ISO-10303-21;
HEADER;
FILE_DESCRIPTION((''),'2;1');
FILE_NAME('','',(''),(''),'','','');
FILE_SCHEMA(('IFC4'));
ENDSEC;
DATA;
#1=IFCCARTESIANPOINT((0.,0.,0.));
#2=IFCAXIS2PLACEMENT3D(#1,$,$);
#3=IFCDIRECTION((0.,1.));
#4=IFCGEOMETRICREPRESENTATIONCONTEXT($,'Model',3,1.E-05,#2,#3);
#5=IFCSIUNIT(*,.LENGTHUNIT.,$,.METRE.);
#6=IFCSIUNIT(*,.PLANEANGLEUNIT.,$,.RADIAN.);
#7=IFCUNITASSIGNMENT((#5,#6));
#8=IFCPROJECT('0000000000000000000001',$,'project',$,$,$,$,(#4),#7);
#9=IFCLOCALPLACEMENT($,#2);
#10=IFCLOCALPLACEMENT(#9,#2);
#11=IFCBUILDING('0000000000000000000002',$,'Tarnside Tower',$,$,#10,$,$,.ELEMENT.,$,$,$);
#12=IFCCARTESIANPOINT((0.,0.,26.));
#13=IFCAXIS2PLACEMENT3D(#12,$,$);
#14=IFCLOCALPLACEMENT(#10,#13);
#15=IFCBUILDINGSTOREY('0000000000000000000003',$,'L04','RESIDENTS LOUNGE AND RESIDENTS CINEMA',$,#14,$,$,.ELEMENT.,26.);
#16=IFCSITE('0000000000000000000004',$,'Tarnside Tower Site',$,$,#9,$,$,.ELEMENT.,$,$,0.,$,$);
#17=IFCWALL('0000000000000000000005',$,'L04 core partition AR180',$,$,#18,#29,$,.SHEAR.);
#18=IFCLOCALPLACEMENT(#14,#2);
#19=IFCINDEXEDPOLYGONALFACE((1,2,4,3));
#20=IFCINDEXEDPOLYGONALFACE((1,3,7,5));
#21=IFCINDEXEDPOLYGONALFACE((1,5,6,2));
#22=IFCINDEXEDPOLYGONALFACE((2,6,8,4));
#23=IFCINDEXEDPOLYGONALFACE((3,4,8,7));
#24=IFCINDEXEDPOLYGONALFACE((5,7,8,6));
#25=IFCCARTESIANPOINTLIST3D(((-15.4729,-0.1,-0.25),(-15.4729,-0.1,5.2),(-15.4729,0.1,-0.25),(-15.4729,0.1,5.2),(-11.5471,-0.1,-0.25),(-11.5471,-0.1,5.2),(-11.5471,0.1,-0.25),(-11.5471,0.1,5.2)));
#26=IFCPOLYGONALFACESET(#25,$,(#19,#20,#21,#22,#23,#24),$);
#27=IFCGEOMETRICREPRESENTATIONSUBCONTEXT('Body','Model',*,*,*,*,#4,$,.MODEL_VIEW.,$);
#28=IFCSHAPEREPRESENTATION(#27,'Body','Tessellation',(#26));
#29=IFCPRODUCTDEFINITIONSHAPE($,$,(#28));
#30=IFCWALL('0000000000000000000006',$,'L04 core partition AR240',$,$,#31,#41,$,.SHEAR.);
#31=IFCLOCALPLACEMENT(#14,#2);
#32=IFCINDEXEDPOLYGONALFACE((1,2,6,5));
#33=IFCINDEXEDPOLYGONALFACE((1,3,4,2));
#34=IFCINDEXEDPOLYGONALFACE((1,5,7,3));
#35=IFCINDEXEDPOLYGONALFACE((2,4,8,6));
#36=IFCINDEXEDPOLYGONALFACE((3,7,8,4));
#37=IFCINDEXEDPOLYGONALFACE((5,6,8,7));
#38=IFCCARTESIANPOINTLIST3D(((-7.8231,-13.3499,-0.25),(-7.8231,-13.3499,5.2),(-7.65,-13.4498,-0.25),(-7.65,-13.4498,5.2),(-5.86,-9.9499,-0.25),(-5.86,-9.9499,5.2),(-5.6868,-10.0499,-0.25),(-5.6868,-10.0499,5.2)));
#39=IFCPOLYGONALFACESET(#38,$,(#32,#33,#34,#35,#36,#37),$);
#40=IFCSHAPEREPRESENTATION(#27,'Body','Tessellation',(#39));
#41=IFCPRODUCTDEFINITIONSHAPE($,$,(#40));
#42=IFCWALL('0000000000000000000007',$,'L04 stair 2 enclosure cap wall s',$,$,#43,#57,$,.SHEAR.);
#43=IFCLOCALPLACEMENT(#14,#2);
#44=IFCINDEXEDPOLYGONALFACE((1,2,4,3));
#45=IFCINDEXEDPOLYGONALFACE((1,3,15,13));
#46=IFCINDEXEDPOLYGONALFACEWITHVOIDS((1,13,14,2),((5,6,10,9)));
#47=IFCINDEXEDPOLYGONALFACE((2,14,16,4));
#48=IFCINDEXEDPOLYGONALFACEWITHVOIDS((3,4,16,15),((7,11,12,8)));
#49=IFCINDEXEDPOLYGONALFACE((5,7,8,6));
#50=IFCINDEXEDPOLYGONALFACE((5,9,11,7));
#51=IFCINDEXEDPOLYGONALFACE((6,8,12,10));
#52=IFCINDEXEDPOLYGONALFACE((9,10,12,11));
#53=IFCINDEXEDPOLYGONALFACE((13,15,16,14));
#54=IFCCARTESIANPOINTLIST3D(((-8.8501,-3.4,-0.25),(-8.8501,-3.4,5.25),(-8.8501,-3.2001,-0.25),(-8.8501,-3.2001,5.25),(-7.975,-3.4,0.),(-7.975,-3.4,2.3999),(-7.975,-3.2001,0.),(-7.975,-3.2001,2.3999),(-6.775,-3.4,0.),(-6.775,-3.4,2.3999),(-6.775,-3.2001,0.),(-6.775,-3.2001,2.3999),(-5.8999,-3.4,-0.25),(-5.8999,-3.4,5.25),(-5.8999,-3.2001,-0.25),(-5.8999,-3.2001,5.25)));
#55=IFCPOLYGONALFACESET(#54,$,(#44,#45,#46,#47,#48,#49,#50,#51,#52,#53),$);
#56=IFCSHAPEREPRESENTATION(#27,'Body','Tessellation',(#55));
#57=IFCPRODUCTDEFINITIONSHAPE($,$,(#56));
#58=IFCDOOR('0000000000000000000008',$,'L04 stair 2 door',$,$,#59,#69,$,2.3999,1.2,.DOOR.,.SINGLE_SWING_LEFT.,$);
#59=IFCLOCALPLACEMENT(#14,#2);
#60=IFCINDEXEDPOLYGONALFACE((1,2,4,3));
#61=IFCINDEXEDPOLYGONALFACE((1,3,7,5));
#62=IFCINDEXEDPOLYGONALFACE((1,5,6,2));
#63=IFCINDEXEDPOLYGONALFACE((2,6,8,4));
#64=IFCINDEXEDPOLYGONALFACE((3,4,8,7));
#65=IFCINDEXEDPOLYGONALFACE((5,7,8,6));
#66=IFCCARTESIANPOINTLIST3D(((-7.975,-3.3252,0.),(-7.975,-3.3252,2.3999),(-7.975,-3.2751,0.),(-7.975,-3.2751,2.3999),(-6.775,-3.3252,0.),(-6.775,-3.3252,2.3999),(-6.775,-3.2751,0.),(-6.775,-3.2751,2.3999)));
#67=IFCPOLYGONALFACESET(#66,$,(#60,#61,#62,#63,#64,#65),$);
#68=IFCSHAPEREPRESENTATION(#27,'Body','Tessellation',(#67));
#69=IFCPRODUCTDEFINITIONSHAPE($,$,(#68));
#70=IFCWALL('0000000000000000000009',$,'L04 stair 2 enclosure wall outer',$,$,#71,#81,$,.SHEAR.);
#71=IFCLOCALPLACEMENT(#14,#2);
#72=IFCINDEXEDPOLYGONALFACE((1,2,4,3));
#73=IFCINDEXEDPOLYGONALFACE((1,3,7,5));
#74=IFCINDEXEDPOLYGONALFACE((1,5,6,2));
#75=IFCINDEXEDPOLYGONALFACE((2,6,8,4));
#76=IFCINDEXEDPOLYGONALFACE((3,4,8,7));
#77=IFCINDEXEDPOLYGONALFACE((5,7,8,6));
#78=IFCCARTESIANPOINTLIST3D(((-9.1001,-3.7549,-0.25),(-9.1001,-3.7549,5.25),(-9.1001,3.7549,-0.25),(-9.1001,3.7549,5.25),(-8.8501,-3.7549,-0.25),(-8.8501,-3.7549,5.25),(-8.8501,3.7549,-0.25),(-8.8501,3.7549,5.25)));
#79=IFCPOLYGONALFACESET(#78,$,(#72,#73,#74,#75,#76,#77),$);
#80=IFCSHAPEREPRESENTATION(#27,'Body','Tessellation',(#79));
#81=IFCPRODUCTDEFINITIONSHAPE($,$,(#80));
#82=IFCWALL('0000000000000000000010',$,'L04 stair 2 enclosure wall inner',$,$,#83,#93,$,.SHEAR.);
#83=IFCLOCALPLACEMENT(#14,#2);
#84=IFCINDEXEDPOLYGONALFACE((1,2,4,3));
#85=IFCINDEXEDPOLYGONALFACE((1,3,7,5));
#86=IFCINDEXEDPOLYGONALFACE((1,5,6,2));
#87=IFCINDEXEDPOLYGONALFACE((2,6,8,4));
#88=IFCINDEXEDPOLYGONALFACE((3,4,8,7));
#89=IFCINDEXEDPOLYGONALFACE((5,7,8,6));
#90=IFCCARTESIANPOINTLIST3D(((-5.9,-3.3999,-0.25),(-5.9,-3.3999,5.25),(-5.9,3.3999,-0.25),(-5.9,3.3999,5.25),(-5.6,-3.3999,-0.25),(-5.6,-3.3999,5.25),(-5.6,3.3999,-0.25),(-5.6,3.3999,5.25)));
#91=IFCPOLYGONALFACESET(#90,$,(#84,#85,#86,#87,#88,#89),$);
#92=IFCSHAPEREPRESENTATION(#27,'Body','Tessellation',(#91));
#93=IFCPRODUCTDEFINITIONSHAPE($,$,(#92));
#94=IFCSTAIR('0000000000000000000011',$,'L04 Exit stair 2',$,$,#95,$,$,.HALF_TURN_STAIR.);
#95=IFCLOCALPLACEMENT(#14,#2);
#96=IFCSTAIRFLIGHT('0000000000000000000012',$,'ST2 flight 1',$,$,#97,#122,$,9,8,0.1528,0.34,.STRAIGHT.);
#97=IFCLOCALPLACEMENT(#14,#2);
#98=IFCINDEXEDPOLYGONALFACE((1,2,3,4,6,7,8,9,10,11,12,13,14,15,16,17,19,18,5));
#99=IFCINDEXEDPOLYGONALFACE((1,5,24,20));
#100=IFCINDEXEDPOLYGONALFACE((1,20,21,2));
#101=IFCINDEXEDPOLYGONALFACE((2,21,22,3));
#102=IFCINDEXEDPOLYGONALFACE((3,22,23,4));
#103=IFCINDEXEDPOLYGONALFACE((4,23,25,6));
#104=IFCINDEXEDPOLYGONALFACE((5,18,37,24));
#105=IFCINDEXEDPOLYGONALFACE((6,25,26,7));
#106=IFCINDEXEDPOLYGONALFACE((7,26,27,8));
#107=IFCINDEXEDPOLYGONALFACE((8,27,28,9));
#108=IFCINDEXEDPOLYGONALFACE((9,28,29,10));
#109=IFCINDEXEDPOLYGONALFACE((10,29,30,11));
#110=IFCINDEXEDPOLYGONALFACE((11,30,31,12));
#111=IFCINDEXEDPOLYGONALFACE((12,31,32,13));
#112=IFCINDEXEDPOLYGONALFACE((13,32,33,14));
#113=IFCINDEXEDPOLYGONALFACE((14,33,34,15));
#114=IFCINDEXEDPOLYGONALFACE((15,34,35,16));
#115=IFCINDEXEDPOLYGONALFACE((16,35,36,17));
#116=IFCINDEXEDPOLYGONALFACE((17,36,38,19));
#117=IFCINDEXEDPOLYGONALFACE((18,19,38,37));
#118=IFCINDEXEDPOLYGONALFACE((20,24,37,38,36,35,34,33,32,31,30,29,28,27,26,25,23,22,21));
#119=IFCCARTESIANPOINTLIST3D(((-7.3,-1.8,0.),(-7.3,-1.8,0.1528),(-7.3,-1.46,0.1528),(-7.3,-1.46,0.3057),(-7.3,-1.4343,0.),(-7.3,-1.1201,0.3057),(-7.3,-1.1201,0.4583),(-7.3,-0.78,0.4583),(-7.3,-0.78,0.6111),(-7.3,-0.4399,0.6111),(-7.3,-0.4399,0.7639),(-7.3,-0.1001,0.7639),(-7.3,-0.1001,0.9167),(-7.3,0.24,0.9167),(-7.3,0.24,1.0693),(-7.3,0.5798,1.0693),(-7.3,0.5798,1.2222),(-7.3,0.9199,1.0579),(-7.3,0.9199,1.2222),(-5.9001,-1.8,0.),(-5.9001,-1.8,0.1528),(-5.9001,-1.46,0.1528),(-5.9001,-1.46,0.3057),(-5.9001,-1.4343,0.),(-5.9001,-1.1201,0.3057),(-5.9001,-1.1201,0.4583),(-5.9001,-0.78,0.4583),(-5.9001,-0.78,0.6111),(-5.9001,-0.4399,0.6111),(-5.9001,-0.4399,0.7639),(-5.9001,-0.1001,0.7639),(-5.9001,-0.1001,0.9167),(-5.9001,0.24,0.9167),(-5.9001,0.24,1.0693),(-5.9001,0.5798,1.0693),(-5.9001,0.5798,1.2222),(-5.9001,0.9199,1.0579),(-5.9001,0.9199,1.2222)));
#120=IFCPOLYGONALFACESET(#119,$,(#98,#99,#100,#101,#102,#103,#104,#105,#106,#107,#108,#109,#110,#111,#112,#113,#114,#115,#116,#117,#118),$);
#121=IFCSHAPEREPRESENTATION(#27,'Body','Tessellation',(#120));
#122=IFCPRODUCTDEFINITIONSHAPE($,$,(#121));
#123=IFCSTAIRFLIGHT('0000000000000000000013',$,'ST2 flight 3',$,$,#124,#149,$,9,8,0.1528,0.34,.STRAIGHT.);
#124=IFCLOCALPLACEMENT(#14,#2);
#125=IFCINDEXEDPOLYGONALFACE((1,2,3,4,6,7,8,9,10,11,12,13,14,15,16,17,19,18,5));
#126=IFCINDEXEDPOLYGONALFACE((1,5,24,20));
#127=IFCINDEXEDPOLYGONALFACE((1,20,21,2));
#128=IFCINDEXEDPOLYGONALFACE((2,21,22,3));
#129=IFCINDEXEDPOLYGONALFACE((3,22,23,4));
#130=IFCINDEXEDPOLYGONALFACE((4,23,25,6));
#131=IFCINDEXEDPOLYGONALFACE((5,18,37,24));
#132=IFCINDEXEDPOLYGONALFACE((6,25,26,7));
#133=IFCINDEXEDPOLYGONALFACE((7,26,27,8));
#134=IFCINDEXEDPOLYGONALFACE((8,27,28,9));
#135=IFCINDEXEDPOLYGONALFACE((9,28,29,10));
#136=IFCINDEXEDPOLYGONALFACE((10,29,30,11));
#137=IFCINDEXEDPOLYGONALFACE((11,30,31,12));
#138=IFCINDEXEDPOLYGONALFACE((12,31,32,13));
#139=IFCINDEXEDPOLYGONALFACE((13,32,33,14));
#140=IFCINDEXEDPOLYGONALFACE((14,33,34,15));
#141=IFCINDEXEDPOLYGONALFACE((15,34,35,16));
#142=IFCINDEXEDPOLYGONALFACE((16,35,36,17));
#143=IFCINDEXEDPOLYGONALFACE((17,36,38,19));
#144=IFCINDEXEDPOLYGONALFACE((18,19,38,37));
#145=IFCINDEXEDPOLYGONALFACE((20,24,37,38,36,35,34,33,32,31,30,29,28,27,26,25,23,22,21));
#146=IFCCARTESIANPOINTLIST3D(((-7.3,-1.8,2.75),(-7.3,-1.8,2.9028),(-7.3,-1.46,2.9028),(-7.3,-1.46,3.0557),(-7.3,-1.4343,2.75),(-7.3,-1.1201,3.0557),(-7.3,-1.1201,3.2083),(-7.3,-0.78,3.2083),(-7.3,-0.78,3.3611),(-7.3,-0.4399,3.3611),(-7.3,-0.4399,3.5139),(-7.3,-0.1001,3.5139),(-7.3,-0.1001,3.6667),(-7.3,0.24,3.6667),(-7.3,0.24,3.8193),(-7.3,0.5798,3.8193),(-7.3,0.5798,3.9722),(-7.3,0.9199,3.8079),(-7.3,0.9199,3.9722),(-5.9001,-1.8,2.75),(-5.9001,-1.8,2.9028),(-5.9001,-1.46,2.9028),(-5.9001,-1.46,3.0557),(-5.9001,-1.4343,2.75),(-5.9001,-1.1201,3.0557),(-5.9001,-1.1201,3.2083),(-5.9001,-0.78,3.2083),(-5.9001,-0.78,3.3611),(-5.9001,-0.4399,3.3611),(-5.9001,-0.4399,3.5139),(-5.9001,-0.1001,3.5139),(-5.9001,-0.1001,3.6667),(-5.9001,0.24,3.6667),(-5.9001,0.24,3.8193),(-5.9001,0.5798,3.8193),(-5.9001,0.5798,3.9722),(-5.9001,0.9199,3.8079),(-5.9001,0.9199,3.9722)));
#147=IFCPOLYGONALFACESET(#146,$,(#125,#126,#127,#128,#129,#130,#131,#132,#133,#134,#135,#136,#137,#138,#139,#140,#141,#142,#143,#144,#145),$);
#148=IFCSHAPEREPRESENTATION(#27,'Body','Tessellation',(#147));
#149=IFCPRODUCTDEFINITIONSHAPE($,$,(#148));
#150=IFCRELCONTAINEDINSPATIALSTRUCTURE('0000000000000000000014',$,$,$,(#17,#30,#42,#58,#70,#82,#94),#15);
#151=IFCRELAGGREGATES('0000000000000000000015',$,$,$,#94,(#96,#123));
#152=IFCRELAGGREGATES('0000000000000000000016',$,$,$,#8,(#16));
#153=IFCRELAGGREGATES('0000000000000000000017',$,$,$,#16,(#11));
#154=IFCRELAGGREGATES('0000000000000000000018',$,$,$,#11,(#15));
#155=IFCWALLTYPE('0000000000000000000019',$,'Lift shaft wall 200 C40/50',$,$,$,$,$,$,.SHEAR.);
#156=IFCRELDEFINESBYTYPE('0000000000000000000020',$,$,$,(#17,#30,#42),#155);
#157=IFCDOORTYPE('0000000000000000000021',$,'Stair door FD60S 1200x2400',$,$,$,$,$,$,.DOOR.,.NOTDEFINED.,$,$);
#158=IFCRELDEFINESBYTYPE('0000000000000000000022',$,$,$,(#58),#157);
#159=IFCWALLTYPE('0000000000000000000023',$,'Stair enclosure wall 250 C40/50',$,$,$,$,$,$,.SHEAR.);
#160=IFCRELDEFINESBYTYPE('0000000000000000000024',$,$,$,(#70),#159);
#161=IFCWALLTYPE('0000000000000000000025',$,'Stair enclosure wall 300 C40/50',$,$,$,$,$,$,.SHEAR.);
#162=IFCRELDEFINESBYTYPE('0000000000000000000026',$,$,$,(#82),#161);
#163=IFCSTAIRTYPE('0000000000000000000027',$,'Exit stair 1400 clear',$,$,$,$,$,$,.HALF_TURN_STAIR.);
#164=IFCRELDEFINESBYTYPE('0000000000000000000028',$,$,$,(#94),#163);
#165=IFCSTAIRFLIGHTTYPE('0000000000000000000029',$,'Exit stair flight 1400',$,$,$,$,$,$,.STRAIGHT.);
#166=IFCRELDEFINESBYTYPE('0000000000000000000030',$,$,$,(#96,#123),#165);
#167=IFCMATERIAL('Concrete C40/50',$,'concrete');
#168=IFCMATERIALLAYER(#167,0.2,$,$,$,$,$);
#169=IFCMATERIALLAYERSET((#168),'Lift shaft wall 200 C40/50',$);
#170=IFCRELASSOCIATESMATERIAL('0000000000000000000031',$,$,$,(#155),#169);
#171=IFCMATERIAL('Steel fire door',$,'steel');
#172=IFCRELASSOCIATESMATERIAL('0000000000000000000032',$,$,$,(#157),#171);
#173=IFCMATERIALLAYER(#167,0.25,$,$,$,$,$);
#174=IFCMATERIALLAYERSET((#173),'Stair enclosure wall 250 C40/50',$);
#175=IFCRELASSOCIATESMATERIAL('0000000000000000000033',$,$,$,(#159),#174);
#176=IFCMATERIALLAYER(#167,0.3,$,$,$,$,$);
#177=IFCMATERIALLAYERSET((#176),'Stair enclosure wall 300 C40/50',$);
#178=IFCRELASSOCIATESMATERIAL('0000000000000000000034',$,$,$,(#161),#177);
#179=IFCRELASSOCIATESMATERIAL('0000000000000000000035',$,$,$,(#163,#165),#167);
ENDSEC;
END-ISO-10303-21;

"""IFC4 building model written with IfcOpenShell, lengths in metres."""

from ifc_helpers import new_model, si_unit, direction, frame, frame_2d, origin, place, context, subcontext, project, spatial, polyline, rectangle, outline, extrude, material, layer, layer_set, type_object, element, fill, aggregate, save


model = new_model("IFC4")

# Units and contexts
model_context = context("Model", 3, precision=1e-05, world=origin(), true_north=direction((0.0, 1.0)))
body_context = subcontext(model_context, "Body", "Model", "MODEL_VIEW")
ifc_project = project(units=[si_unit("LENGTHUNIT", "METRE"), si_unit("PLANEANGLEUNIT", "RADIAN")], contexts=[model_context])

# Site, building, storey
site_placement = place(None, origin())
site = spatial("IfcSite", under=ifc_project, at=site_placement, Name="Tarnside Tower Site", CompositionType="ELEMENT", RefElevation=0.0)
building_placement = place(site_placement, origin())
building = spatial("IfcBuilding", under=site, at=building_placement, Name="Tarnside Tower", CompositionType="ELEMENT")
storey_placement = place(building_placement, frame((0.0, 0.0, 26.0)))
storey = spatial("IfcBuildingStorey", under=building, at=storey_placement, Name="L04", Description="RESIDENTS LOUNGE AND RESIDENTS CINEMA", CompositionType="ELEMENT", Elevation=26.0)

# Shared definitions
ifc_material_1 = material(Name="Steel fire door", Category="steel")

# Walls
ifc_material_2 = material(Name="Concrete C40/50", Category="concrete")
ifc_layer_1 = layer(ifc_material_2, 0.2)
ifc_layer_set_1 = layer_set([ifc_layer_1], Name="Lift shaft wall 200 C40/50")
wall_type_1 = type_object("IfcWallType", Name="Lift shaft wall 200 C40/50", PredefinedType="SHEAR", material=ifc_layer_set_1)
wall_1_placement = place(storey_placement, frame((-11.5471, 0.0, -0.25), z_axis=(0.0, 0.0, 1.0), x_axis=(-1.0, 0.0, 0.0)))
element("IfcWall", 1, at=wall_1_placement, inside=storey, type_object=wall_type_1, Name="L04 core partition AR180", PredefinedType="SHEAR", context=body_context, shape_type="SweptSolid", body=[
    extrude(rectangle(XDim=3.9258, YDim=0.2, at=frame_2d((1.9629, 0.0))), origin(), (0.0, 0.0, 1.0), 5.45),
])
wall_2_placement = place(storey_placement, frame((-5.7734, -10.0, -0.25), z_axis=(0.0, 0.0, 1.0), x_axis=(-0.500038, -0.866003, 0.0)))
element("IfcWall", 2, at=wall_2_placement, inside=storey, type_object=wall_type_1, Name="L04 core partition AR240", PredefinedType="SHEAR", context=body_context, shape_type="SweptSolid", body=[
    extrude(rectangle(XDim=3.926, YDim=0.2, at=frame_2d((1.9629, 0.0))), origin(), (0.0, 0.0, 1.0), 5.45),
])

# Wall, opening, door
wall_3_placement = place(storey_placement, frame((-8.8501, -3.3, -0.25), z_axis=(0.0, 0.0, 1.0), x_axis=(1.0, 0.0, 0.0)))
wall_3 = element("IfcWall", 3, at=wall_3_placement, inside=storey, type_object=wall_type_1, Name="L04 stair 2 enclosure cap wall s", PredefinedType="SHEAR", context=body_context, shape_type="SweptSolid", body=[
    extrude(rectangle(XDim=2.9502, YDim=0.2, at=frame_2d((1.4751, 0.0))), origin(), (0.0, 0.0, 1.0), 5.5),
])
opening_1_placement = place(wall_3_placement, frame((0.875, 0.0, 0.25)))
opening_1 = element("IfcOpeningElement", 4, at=opening_1_placement, cuts=wall_3, PredefinedType="OPENING", context=body_context, shape_type="SweptSolid", body=[
    extrude(rectangle(XDim=1.2, YDim=2.3999, at=frame_2d((0.6001, 1.2))), frame((0.0, 0.1099, 0.0), z_axis=(0.0, -1.0, 0.0), x_axis=(1.0, 0.0, 0.0)), (0.0, 0.0, 1.0), 0.22),
])
door_type_1 = type_object("IfcDoorType", Name="Stair door FD60S 1200x2400", OperationType="NOTDEFINED", PredefinedType="DOOR", material=ifc_material_1)
door_1_placement = place(opening_1_placement, origin())
door_1 = element("IfcDoor", 5, at=door_1_placement, inside=storey, type_object=door_type_1, Name="L04 stair 2 door", OperationType="SINGLE_SWING_LEFT", OverallHeight=2.3999, OverallWidth=1.2, PredefinedType="DOOR", context=body_context, shape_type="SweptSolid", body=[
    extrude(rectangle(XDim=1.2, YDim=2.3999, at=frame_2d((0.6001, 1.2))), frame((0.0, 0.0249, 0.0), z_axis=(0.0, -1.0, 0.0), x_axis=(1.0, 0.0, 0.0)), (0.0, 0.0, 1.0), 0.05),
])
fill(opening_1, door_1)

# Walls
ifc_layer_2 = layer(ifc_material_2, 0.25)
ifc_layer_set_2 = layer_set([ifc_layer_2], Name="Stair enclosure wall 250 C40/50")
wall_type_2 = type_object("IfcWallType", Name="Stair enclosure wall 250 C40/50", PredefinedType="SHEAR", material=ifc_layer_set_2)
wall_4_placement = place(storey_placement, frame((-8.9751, -3.7549, -0.25), z_axis=(0.0, 0.0, 1.0), x_axis=(0.0, 1.0, 0.0)))
element("IfcWall", 6, at=wall_4_placement, inside=storey, type_object=wall_type_2, Name="L04 stair 2 enclosure wall outer", PredefinedType="SHEAR", context=body_context, shape_type="SweptSolid", body=[
    extrude(rectangle(XDim=7.5098, YDim=0.25, at=frame_2d((3.7549, 0.0))), origin(), (0.0, 0.0, 1.0), 5.5),
])
ifc_layer_3 = layer(ifc_material_2, 0.3)
ifc_layer_set_3 = layer_set([ifc_layer_3], Name="Stair enclosure wall 300 C40/50")
wall_type_3 = type_object("IfcWallType", Name="Stair enclosure wall 300 C40/50", PredefinedType="SHEAR", material=ifc_layer_set_3)
wall_5_placement = place(storey_placement, frame((-5.75, -3.3999, -0.25), z_axis=(0.0, 0.0, 1.0), x_axis=(0.0, 1.0, 0.0)))
element("IfcWall", 7, at=wall_5_placement, inside=storey, type_object=wall_type_3, Name="L04 stair 2 enclosure wall inner", PredefinedType="SHEAR", context=body_context, shape_type="SweptSolid", body=[
    extrude(rectangle(XDim=6.7998, YDim=0.3, at=frame_2d((3.3999, 0.0))), origin(), (0.0, 0.0, 1.0), 5.5),
])

# Stair, stair flights
stair_type = type_object("IfcStairType", Name="Exit stair 1400 clear", PredefinedType="HALF_TURN_STAIR", material=ifc_material_2)
stair_placement = place(storey_placement, origin())
stair = element("IfcStair", 8, at=stair_placement, inside=storey, type_object=stair_type, Name="L04 Exit stair 2", PredefinedType="HALF_TURN_STAIR")
stair_flight_type = type_object("IfcStairFlightType", Name="Exit stair flight 1400", PredefinedType="STRAIGHT", material=ifc_material_2)
stair_flight_1_placement = place(storey_placement, frame((-6.6001, -1.8, 0.0), z_axis=(0.0, 0.0, 1.0), x_axis=(0.0, 1.0, 0.0)))
stair_flight_1 = element("IfcStairFlight", 9, at=stair_flight_1_placement, type_object=stair_flight_type, Name="ST2 flight 1", NumberOfRisers=9, NumberOfTreads=8, PredefinedType="STRAIGHT", RiserHeight=0.1528, TreadLength=0.34, context=body_context, shape_type="SweptSolid", body=[
    extrude(outline(polyline([(0.0, 0.0), (0.0, 0.1528), (0.3401, 0.1528), (0.3401, 0.3057), (0.6799, 0.3057), (0.6799, 0.4583), (1.02, 0.4583), (1.02, 0.6111), (1.3601, 0.6111), (1.3601, 0.7639), (1.7, 0.7639), (1.7, 0.9167), (2.04, 0.9167), (2.04, 1.0693), (2.3799, 1.0693), (2.3799, 1.2222), (2.72, 1.2222), (2.72, 1.375), (2.72, 1.0579), (0.3657, 0.0), (0.0, 0.0)])), frame((0.0, 0.7, 0.0), z_axis=(0.0, -1.0, 0.0), x_axis=(1.0, 0.0, 0.0)), (0.0, 0.0, 1.0), 1.3999),
])
stair_flight_2_placement = place(storey_placement, frame((-6.6001, -1.8, 2.75), z_axis=(0.0, 0.0, 1.0), x_axis=(0.0, 1.0, 0.0)))
stair_flight_2 = element("IfcStairFlight", 10, at=stair_flight_2_placement, type_object=stair_flight_type, Name="ST2 flight 3", NumberOfRisers=9, NumberOfTreads=8, PredefinedType="STRAIGHT", RiserHeight=0.1528, TreadLength=0.34, context=body_context, shape_type="SweptSolid", body=[
    extrude(outline(polyline([(0.0, 0.0), (0.0, 0.1528), (0.3401, 0.1528), (0.3401, 0.3057), (0.6799, 0.3057), (0.6799, 0.4583), (1.02, 0.4583), (1.02, 0.6111), (1.3601, 0.6111), (1.3601, 0.7639), (1.7, 0.7639), (1.7, 0.9167), (2.04, 0.9167), (2.04, 1.0693), (2.3799, 1.0693), (2.3799, 1.2222), (2.72, 1.2222), (2.72, 1.375), (2.72, 1.0579), (0.3657, 0.0), (0.0, 0.0)])), frame((0.0, 0.7, 0.0), z_axis=(0.0, -1.0, 0.0), x_axis=(1.0, 0.0, 0.0)), (0.0, 0.0, 1.0), 1.3999),
])
aggregate(stair, [stair_flight_1, stair_flight_2])

save(model, "model.ifc")
